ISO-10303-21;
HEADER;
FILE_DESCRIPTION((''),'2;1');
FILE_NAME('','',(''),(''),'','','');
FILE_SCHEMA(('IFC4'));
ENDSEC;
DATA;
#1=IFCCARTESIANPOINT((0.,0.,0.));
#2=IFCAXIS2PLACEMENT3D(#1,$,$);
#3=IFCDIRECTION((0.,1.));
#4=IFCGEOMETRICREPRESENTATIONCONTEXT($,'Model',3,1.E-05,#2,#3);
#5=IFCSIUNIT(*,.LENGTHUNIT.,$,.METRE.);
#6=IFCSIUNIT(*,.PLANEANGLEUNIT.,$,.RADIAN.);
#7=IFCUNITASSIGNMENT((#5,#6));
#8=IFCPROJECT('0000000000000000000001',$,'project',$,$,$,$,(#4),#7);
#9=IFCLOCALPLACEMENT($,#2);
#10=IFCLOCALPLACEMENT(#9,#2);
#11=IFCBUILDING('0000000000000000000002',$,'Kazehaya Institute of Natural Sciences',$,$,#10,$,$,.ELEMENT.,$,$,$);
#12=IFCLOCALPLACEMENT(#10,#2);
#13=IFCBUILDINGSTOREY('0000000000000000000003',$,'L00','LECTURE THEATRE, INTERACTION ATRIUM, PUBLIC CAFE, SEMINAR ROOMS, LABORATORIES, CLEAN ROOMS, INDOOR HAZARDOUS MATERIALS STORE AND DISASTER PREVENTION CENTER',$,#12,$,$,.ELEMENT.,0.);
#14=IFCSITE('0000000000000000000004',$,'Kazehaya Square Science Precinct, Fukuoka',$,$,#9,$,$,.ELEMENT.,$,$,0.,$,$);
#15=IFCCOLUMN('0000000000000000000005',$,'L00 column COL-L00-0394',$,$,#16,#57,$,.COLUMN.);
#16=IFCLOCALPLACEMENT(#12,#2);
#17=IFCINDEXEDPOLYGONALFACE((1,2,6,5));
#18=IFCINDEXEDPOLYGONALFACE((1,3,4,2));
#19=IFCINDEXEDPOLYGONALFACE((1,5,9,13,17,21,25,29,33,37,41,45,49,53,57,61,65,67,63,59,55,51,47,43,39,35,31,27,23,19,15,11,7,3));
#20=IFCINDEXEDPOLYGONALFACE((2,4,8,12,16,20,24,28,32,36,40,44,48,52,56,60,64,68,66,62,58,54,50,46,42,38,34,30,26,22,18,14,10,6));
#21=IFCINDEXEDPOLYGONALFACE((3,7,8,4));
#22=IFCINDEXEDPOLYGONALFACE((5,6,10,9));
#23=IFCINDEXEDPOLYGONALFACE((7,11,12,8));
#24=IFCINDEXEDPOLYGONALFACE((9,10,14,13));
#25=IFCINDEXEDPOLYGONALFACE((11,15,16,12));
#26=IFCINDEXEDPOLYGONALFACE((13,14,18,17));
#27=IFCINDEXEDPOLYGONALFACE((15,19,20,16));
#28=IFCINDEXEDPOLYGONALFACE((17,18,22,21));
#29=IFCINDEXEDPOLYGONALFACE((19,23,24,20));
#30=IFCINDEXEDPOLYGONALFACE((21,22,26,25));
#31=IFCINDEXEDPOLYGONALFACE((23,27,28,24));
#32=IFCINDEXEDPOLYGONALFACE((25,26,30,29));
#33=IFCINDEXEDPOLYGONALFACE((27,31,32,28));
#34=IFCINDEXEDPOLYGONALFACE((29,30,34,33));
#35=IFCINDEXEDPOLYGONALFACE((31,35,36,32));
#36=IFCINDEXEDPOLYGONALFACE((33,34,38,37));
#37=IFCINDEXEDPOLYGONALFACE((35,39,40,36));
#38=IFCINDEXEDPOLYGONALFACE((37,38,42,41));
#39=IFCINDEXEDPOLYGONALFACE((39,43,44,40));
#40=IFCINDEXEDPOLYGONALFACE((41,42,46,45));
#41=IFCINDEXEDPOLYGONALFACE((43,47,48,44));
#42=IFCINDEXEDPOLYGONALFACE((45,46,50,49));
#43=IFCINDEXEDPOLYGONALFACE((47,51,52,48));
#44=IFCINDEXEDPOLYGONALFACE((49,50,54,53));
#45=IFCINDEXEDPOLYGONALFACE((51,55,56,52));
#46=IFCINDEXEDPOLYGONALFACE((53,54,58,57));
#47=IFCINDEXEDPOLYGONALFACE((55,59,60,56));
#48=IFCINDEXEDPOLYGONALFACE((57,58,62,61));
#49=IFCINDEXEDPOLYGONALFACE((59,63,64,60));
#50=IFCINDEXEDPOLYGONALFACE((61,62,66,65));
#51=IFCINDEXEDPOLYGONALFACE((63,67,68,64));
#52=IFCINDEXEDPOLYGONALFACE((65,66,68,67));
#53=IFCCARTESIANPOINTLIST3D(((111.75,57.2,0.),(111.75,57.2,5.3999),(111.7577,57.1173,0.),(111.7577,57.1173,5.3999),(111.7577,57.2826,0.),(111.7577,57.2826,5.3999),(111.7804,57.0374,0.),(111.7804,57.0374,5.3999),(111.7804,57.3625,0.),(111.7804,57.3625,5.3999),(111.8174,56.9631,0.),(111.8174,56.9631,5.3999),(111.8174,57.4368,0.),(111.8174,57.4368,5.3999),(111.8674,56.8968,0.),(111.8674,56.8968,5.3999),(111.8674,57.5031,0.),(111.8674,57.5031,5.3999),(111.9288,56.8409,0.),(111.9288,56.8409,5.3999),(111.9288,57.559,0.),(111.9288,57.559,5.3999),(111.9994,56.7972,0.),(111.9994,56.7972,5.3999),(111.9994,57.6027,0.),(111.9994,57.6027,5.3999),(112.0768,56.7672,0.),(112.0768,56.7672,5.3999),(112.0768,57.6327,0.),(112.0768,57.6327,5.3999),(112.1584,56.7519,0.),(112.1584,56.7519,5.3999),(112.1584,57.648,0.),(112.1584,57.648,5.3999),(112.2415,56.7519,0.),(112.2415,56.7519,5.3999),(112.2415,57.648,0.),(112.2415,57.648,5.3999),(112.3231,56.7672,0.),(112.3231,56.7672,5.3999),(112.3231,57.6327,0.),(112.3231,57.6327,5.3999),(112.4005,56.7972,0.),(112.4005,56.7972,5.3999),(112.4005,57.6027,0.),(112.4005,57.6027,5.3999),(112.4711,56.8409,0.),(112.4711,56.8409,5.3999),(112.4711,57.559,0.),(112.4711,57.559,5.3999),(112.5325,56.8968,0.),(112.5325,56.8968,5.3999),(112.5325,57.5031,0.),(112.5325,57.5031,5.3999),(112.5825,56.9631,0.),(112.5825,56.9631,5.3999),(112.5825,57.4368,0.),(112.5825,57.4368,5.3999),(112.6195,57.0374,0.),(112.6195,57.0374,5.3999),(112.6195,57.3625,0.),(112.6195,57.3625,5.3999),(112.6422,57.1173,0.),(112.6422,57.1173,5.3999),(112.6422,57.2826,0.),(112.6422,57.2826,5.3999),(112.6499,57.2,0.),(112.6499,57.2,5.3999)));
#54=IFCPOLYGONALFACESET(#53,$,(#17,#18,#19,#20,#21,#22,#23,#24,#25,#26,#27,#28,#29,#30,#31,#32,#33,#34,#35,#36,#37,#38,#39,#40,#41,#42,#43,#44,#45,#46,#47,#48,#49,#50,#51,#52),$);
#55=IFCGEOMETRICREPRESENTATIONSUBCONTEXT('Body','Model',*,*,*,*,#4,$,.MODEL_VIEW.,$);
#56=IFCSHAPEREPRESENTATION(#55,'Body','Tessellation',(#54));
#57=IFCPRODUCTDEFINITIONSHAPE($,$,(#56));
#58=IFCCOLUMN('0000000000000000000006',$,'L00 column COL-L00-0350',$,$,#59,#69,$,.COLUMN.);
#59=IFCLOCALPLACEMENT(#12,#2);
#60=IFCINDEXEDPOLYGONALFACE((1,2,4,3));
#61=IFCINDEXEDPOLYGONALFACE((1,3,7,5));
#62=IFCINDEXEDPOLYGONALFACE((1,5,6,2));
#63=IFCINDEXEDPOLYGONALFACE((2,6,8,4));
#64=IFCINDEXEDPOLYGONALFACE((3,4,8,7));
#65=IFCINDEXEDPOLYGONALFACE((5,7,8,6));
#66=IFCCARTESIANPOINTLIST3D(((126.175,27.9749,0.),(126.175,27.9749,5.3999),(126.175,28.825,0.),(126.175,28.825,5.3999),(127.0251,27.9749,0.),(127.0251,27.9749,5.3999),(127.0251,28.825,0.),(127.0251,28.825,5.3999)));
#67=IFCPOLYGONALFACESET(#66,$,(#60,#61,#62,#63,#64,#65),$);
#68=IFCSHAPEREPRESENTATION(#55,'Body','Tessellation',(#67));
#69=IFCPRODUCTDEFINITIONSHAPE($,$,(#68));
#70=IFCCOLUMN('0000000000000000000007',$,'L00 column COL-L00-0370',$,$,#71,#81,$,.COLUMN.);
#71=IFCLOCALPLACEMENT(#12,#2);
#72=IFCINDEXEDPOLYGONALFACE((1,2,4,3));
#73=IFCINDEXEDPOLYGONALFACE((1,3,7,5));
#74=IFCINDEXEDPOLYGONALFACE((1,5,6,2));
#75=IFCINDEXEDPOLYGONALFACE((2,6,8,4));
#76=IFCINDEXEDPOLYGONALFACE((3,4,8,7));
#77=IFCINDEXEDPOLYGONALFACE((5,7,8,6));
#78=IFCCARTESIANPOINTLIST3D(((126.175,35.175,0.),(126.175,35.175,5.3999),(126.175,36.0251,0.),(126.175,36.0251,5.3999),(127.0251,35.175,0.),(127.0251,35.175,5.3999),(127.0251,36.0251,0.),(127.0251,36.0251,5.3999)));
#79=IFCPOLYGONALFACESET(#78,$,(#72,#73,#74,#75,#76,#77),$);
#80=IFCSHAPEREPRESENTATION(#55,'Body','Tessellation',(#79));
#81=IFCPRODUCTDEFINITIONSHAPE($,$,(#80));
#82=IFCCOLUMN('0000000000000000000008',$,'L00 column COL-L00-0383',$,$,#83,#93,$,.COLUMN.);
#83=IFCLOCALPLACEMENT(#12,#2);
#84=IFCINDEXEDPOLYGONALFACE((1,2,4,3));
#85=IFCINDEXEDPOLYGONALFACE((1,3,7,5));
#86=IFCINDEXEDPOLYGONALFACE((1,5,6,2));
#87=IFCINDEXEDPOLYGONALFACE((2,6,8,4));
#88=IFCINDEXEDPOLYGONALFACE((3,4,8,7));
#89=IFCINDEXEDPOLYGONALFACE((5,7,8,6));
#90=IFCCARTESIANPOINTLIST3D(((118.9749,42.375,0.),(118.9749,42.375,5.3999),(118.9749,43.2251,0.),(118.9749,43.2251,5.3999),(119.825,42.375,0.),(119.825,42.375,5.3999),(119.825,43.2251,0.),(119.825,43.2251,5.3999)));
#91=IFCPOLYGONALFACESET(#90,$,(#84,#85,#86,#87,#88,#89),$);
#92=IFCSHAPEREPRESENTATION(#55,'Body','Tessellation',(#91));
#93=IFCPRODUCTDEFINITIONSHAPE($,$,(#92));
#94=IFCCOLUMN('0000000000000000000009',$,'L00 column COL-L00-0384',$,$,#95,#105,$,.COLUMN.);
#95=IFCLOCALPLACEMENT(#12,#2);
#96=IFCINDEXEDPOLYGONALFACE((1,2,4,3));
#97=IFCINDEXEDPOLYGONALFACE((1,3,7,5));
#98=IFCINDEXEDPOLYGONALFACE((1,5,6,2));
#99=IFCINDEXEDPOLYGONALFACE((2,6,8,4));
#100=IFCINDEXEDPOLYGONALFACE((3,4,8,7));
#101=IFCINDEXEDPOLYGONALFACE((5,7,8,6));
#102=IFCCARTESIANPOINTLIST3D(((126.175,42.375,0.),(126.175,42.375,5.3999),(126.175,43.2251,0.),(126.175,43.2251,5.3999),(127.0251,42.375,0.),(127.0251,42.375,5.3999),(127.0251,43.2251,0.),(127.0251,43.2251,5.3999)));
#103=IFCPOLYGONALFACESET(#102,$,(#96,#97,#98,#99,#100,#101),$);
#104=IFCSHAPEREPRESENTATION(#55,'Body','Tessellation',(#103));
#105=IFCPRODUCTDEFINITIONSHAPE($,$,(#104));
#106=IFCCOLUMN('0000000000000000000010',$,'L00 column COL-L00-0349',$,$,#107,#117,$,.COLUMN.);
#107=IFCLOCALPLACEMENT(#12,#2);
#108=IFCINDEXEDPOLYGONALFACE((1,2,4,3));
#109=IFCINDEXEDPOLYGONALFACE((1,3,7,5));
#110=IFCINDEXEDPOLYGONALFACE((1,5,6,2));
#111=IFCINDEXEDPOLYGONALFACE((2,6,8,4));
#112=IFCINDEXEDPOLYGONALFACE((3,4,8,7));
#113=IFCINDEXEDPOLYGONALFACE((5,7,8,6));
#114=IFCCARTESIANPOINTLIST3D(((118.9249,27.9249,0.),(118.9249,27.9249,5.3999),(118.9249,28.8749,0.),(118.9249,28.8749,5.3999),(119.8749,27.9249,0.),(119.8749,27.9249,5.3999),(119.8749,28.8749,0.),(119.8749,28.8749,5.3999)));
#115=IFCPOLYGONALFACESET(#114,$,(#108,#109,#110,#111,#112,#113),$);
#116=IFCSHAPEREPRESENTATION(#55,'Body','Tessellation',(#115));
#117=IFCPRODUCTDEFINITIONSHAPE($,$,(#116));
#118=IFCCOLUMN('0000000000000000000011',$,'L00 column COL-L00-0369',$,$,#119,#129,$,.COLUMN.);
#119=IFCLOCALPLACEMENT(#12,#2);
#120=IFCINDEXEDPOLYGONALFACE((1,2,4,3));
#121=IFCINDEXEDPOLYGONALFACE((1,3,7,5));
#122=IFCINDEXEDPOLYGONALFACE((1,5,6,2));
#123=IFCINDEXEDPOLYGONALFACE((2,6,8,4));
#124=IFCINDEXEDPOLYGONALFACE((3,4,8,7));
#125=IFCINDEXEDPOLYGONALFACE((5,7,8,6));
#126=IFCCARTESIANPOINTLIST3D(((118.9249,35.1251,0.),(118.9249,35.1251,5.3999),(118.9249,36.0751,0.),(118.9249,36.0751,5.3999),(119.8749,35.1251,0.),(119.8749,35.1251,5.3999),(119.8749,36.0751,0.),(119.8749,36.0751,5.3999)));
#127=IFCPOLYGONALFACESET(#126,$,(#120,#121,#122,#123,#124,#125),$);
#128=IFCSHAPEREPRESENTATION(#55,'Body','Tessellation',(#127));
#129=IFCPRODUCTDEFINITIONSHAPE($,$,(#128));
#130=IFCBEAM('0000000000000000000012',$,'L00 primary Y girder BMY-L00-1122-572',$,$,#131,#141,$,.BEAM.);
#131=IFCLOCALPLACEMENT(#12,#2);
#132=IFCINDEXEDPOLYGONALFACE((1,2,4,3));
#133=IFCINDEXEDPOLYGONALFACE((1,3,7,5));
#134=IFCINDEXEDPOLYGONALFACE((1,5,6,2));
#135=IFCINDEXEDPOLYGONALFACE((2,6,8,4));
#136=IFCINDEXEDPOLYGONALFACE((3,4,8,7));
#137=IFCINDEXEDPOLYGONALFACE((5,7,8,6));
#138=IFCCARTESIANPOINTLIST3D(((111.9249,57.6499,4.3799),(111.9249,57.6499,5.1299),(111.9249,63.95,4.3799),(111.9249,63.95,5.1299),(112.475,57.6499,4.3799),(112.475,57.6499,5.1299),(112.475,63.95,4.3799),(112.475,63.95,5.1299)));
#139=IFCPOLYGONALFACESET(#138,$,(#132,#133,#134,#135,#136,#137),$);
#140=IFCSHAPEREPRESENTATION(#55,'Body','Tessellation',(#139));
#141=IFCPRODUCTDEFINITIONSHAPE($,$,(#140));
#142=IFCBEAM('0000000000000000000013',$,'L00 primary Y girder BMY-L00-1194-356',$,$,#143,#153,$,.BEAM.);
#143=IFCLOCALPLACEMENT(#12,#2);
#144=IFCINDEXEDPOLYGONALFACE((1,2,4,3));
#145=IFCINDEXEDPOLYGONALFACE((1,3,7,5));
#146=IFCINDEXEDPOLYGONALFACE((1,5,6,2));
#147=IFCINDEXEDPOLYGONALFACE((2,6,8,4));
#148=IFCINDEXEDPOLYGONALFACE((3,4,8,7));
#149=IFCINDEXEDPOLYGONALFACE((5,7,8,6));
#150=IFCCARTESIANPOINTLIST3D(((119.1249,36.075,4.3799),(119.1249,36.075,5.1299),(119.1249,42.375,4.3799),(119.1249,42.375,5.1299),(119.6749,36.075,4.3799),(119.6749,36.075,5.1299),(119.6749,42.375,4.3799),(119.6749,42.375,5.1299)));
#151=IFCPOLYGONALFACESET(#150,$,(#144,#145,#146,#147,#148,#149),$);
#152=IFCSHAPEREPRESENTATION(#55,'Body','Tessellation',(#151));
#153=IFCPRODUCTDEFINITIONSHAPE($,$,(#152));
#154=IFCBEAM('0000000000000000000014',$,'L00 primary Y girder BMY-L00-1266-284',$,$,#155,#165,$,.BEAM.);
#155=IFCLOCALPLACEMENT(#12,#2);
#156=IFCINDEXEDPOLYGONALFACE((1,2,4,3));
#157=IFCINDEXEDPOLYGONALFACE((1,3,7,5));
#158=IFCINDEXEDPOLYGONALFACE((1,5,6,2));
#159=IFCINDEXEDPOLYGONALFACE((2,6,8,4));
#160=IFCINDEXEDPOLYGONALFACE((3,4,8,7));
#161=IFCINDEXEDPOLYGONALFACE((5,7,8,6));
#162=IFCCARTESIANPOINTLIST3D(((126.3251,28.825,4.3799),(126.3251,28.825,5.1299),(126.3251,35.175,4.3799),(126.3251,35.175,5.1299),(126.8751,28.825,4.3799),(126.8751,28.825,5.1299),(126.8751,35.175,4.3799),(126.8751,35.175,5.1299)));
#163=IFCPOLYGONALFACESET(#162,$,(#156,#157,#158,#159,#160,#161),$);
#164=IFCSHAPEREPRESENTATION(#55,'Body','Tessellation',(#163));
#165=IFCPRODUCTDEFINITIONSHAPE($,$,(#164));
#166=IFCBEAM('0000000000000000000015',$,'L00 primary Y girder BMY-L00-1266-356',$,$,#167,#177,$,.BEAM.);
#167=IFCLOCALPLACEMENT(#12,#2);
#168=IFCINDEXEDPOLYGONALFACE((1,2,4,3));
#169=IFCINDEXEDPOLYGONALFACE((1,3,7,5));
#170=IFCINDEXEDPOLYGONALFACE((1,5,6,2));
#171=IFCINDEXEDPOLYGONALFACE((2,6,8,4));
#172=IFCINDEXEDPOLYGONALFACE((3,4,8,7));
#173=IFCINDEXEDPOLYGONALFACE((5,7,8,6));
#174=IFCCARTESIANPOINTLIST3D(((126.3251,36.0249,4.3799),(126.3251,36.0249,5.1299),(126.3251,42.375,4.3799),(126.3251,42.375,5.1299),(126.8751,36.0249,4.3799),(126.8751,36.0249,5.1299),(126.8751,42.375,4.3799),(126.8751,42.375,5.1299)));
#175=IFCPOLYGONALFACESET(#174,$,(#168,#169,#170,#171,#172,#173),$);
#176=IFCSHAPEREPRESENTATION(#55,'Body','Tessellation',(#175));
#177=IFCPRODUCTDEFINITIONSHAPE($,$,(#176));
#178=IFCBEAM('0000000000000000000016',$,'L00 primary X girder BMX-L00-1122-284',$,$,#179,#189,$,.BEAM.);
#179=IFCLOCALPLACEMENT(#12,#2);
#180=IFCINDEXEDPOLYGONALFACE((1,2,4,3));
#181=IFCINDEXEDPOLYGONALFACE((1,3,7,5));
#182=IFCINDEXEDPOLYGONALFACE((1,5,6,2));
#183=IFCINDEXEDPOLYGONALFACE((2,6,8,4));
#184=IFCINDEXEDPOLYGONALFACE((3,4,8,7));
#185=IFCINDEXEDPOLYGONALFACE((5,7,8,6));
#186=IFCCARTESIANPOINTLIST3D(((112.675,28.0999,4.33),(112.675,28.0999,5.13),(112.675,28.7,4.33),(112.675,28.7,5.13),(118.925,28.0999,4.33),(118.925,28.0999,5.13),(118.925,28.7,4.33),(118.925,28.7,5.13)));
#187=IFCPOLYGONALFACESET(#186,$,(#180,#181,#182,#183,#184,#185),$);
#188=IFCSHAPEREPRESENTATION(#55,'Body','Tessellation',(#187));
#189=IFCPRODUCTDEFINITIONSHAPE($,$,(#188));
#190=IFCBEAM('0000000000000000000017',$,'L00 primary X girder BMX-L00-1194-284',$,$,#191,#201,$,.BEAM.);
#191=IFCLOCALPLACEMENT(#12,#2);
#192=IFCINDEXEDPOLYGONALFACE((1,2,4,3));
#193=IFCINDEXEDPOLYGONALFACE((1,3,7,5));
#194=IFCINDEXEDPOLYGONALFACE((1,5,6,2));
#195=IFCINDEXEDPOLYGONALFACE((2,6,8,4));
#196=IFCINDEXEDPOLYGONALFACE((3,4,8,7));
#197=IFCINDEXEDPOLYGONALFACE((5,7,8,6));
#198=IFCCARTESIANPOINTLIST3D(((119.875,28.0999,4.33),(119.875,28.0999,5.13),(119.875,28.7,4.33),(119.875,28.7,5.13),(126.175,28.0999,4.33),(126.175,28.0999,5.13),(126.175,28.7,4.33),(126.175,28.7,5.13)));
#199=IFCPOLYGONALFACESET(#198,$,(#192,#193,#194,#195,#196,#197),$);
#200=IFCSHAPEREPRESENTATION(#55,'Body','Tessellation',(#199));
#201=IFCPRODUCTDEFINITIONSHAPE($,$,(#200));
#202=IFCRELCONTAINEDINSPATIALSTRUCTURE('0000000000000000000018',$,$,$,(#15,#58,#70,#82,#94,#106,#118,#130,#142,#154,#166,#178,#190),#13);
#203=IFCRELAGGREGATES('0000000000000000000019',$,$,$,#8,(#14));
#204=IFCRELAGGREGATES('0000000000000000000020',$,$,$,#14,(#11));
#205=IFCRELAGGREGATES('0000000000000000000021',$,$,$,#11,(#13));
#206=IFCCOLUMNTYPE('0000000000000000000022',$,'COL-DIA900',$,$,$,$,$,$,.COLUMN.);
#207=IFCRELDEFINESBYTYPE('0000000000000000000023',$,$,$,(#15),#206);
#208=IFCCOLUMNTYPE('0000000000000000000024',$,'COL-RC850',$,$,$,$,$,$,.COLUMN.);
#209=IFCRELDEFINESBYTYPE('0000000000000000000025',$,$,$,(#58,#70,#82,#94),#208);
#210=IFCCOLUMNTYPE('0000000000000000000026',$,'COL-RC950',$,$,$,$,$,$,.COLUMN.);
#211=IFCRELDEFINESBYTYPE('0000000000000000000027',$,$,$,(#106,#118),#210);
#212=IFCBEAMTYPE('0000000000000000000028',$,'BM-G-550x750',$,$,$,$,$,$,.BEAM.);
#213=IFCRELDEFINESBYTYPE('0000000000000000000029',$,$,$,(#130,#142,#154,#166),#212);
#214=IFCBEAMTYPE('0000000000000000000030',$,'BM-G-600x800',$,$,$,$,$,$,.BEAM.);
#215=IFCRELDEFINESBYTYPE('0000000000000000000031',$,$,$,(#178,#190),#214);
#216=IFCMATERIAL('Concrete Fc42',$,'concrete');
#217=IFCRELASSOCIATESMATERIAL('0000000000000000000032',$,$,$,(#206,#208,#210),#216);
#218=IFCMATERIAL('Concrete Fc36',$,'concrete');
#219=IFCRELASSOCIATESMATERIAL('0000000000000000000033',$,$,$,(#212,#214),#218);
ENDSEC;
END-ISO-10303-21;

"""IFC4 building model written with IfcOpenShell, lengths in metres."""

from ifc_helpers import new_model, si_unit, direction, frame, origin, origin_2d, place, context, subcontext, project, spatial, rectangle, circle, extrude, material, material_profile, profile_set, type_object, element, save


model = new_model("IFC4")

# Units and contexts
model_context = context("Model", 3, precision=1e-05, world=origin(), true_north=direction((0.0, 1.0)))
body_context = subcontext(model_context, "Body", "Model", "MODEL_VIEW")
ifc_project = project(units=[si_unit("LENGTHUNIT", "METRE"), si_unit("PLANEANGLEUNIT", "RADIAN")], contexts=[model_context])

# Site, building, storey
site_placement = place(None, origin())
site = spatial("IfcSite", under=ifc_project, at=site_placement, Name="Kazehaya Square Science Precinct, Fukuoka", CompositionType="ELEMENT", RefElevation=0.0)
building_placement = place(site_placement, origin())
building = spatial("IfcBuilding", under=site, at=building_placement, Name="Kazehaya Institute of Natural Sciences", CompositionType="ELEMENT")
storey_placement = place(building_placement, origin())
storey = spatial("IfcBuildingStorey", under=building, at=storey_placement, Name="L00", Description="LECTURE THEATRE, INTERACTION ATRIUM, PUBLIC CAFE, SEMINAR ROOMS, LABORATORIES, CLEAN ROOMS, INDOOR HAZARDOUS MATERIALS STORE AND DISASTER PREVENTION CENTER", CompositionType="ELEMENT", Elevation=0.0)

# Columns
ifc_material_1 = material(Name="Concrete Fc42", Category="concrete")
ifc_material_profile_1 = material_profile(ifc_material_1, circle(Radius=0.45, at=origin_2d()), Name="RC-DIA900")
ifc_profile_set_1 = profile_set([ifc_material_profile_1], Name="Concrete Fc42")
column_type_1 = type_object("IfcColumnType", Name="COL-DIA900", PredefinedType="COLUMN", material=ifc_profile_set_1)
column_placement = place(storey_placement, frame((112.2, 57.2, 0.0), z_axis=(0.0, 0.0, 1.0), x_axis=(1.0, 0.0, 0.0)))
element("IfcColumn", 1, at=column_placement, inside=storey, type_object=column_type_1, Name="L00 column COL-L00-0394", PredefinedType="COLUMN", context=body_context, shape_type="SweptSolid", body=[
    extrude(circle(Radius=0.45, at=origin_2d()), origin(), (0.0, 0.0, 1.0), 5.3999),
])
ifc_material_profile_2 = material_profile(ifc_material_1, rectangle(XDim=0.8501, YDim=0.8501, at=origin_2d()), Name="RC-850x850")
ifc_profile_set_2 = profile_set([ifc_material_profile_2], Name="Concrete Fc42")
column_type_2 = type_object("IfcColumnType", Name="COL-RC850", PredefinedType="COLUMN", material=ifc_profile_set_2)
for number, where, z_axis, x_axis, name in (
    (2, (126.6001, 28.3999, 0.0), (0.0, 0.0, 1.0), (1.0, 0.0, 0.0), "L00 column COL-L00-0350"),
    (3, (126.6001, 35.6001, 0.0), (0.0, 0.0, 1.0), (1.0, 0.0, 0.0), "L00 column COL-L00-0370"),
    (4, (119.3999, 42.8, 0.0), (0.0, 0.0, 1.0), (1.0, 0.0, 0.0), "L00 column COL-L00-0383"),
    (5, (126.6001, 42.8, 0.0), (0.0, 0.0, 1.0), (1.0, 0.0, 0.0), "L00 column COL-L00-0384"),
):
    element("IfcColumn", number, at=place(storey_placement, frame(where, z_axis=z_axis, x_axis=x_axis)), inside=storey, type_object=column_type_2, Name=name, PredefinedType="COLUMN", context=body_context, shape_type="SweptSolid", body=[
        extrude(rectangle(XDim=0.8501, YDim=0.8501, at=origin_2d()), origin(), (0.0, 0.0, 1.0), 5.3999),
    ])
ifc_material_profile_3 = material_profile(ifc_material_1, rectangle(XDim=0.95, YDim=0.95, at=origin_2d()), Name="RC-950x950")
ifc_profile_set_3 = profile_set([ifc_material_profile_3], Name="Concrete Fc42")
column_type_3 = type_object("IfcColumnType", Name="COL-RC950", PredefinedType="COLUMN", material=ifc_profile_set_3)
for number, where, z_axis, x_axis, name in (
    (6, (119.3999, 28.3999, 0.0), (0.0, 0.0, 1.0), (1.0, 0.0, 0.0), "L00 column COL-L00-0349"),
    (7, (119.3999, 35.6001, 0.0), (0.0, 0.0, 1.0), (1.0, 0.0, 0.0), "L00 column COL-L00-0369"),
):
    element("IfcColumn", number, at=place(storey_placement, frame(where, z_axis=z_axis, x_axis=x_axis)), inside=storey, type_object=column_type_3, Name=name, PredefinedType="COLUMN", context=body_context, shape_type="SweptSolid", body=[
        extrude(rectangle(XDim=0.95, YDim=0.95, at=origin_2d()), origin(), (0.0, 0.0, 1.0), 5.3999),
    ])

# Beams
ifc_material_2 = material(Name="Concrete Fc36", Category="concrete")
ifc_material_profile_4 = material_profile(ifc_material_2, rectangle(XDim=0.55, YDim=0.75, at=origin_2d()), Name="RC-550x750")
ifc_profile_set_4 = profile_set([ifc_material_profile_4], Name="Concrete Fc36")
beam_type_1 = type_object("IfcBeamType", Name="BM-G-550x750", PredefinedType="BEAM", material=ifc_profile_set_4)
for number, where, z_axis, x_axis, name in (
    (8, (112.2, 57.6499, 4.7549), (0.0, 1.0, 0.0), (-1.0, 0.0, 0.0), "L00 primary Y girder BMY-L00-1122-572"),
    (9, (119.3999, 36.075, 4.7549), (0.0, 1.0, 0.0), (-1.0, 0.0, 0.0), "L00 primary Y girder BMY-L00-1194-356"),
):
    element("IfcBeam", number, at=place(storey_placement, frame(where, z_axis=z_axis, x_axis=x_axis)), inside=storey, type_object=beam_type_1, Name=name, PredefinedType="BEAM", context=body_context, shape_type="SweptSolid", body=[
        extrude(rectangle(XDim=0.55, YDim=0.75, at=origin_2d()), origin(), (0.0, 0.0, 1.0), 6.3),
    ])
for number, where, z_axis, x_axis, name in (
    (10, (126.6001, 28.825, 4.7549), (0.0, 1.0, 0.0), (-1.0, 0.0, 0.0), "L00 primary Y girder BMY-L00-1266-284"),
    (11, (126.6001, 36.0249, 4.7549), (0.0, 1.0, 0.0), (-1.0, 0.0, 0.0), "L00 primary Y girder BMY-L00-1266-356"),
):
    element("IfcBeam", number, at=place(storey_placement, frame(where, z_axis=z_axis, x_axis=x_axis)), inside=storey, type_object=beam_type_1, Name=name, PredefinedType="BEAM", context=body_context, shape_type="SweptSolid", body=[
        extrude(rectangle(XDim=0.55, YDim=0.75, at=origin_2d()), origin(), (0.0, 0.0, 1.0), 6.3501),
    ])
ifc_material_profile_5 = material_profile(ifc_material_2, rectangle(XDim=0.6001, YDim=0.8, at=origin_2d()), Name="RC-600x800")
ifc_profile_set_5 = profile_set([ifc_material_profile_5], Name="Concrete Fc36")
beam_type_2 = type_object("IfcBeamType", Name="BM-G-600x800", PredefinedType="BEAM", material=ifc_profile_set_5)
beam_1_placement = place(storey_placement, frame((112.675, 28.3999, 4.73), z_axis=(1.0, 0.0, 0.0), x_axis=(0.0, 1.0, 0.0)))
element("IfcBeam", 12, at=beam_1_placement, inside=storey, type_object=beam_type_2, Name="L00 primary X girder BMX-L00-1122-284", PredefinedType="BEAM", context=body_context, shape_type="SweptSolid", body=[
    extrude(rectangle(XDim=0.6001, YDim=0.8, at=origin_2d()), origin(), (0.0, 0.0, 1.0), 6.25),
])
beam_2_placement = place(storey_placement, frame((119.875, 28.3999, 4.73), z_axis=(1.0, 0.0, 0.0), x_axis=(0.0, 1.0, 0.0)))
element("IfcBeam", 13, at=beam_2_placement, inside=storey, type_object=beam_type_2, Name="L00 primary X girder BMX-L00-1194-284", PredefinedType="BEAM", context=body_context, shape_type="SweptSolid", body=[
    extrude(rectangle(XDim=0.6001, YDim=0.8, at=origin_2d()), origin(), (0.0, 0.0, 1.0), 6.3),
])

save(model, "model.ifc")
